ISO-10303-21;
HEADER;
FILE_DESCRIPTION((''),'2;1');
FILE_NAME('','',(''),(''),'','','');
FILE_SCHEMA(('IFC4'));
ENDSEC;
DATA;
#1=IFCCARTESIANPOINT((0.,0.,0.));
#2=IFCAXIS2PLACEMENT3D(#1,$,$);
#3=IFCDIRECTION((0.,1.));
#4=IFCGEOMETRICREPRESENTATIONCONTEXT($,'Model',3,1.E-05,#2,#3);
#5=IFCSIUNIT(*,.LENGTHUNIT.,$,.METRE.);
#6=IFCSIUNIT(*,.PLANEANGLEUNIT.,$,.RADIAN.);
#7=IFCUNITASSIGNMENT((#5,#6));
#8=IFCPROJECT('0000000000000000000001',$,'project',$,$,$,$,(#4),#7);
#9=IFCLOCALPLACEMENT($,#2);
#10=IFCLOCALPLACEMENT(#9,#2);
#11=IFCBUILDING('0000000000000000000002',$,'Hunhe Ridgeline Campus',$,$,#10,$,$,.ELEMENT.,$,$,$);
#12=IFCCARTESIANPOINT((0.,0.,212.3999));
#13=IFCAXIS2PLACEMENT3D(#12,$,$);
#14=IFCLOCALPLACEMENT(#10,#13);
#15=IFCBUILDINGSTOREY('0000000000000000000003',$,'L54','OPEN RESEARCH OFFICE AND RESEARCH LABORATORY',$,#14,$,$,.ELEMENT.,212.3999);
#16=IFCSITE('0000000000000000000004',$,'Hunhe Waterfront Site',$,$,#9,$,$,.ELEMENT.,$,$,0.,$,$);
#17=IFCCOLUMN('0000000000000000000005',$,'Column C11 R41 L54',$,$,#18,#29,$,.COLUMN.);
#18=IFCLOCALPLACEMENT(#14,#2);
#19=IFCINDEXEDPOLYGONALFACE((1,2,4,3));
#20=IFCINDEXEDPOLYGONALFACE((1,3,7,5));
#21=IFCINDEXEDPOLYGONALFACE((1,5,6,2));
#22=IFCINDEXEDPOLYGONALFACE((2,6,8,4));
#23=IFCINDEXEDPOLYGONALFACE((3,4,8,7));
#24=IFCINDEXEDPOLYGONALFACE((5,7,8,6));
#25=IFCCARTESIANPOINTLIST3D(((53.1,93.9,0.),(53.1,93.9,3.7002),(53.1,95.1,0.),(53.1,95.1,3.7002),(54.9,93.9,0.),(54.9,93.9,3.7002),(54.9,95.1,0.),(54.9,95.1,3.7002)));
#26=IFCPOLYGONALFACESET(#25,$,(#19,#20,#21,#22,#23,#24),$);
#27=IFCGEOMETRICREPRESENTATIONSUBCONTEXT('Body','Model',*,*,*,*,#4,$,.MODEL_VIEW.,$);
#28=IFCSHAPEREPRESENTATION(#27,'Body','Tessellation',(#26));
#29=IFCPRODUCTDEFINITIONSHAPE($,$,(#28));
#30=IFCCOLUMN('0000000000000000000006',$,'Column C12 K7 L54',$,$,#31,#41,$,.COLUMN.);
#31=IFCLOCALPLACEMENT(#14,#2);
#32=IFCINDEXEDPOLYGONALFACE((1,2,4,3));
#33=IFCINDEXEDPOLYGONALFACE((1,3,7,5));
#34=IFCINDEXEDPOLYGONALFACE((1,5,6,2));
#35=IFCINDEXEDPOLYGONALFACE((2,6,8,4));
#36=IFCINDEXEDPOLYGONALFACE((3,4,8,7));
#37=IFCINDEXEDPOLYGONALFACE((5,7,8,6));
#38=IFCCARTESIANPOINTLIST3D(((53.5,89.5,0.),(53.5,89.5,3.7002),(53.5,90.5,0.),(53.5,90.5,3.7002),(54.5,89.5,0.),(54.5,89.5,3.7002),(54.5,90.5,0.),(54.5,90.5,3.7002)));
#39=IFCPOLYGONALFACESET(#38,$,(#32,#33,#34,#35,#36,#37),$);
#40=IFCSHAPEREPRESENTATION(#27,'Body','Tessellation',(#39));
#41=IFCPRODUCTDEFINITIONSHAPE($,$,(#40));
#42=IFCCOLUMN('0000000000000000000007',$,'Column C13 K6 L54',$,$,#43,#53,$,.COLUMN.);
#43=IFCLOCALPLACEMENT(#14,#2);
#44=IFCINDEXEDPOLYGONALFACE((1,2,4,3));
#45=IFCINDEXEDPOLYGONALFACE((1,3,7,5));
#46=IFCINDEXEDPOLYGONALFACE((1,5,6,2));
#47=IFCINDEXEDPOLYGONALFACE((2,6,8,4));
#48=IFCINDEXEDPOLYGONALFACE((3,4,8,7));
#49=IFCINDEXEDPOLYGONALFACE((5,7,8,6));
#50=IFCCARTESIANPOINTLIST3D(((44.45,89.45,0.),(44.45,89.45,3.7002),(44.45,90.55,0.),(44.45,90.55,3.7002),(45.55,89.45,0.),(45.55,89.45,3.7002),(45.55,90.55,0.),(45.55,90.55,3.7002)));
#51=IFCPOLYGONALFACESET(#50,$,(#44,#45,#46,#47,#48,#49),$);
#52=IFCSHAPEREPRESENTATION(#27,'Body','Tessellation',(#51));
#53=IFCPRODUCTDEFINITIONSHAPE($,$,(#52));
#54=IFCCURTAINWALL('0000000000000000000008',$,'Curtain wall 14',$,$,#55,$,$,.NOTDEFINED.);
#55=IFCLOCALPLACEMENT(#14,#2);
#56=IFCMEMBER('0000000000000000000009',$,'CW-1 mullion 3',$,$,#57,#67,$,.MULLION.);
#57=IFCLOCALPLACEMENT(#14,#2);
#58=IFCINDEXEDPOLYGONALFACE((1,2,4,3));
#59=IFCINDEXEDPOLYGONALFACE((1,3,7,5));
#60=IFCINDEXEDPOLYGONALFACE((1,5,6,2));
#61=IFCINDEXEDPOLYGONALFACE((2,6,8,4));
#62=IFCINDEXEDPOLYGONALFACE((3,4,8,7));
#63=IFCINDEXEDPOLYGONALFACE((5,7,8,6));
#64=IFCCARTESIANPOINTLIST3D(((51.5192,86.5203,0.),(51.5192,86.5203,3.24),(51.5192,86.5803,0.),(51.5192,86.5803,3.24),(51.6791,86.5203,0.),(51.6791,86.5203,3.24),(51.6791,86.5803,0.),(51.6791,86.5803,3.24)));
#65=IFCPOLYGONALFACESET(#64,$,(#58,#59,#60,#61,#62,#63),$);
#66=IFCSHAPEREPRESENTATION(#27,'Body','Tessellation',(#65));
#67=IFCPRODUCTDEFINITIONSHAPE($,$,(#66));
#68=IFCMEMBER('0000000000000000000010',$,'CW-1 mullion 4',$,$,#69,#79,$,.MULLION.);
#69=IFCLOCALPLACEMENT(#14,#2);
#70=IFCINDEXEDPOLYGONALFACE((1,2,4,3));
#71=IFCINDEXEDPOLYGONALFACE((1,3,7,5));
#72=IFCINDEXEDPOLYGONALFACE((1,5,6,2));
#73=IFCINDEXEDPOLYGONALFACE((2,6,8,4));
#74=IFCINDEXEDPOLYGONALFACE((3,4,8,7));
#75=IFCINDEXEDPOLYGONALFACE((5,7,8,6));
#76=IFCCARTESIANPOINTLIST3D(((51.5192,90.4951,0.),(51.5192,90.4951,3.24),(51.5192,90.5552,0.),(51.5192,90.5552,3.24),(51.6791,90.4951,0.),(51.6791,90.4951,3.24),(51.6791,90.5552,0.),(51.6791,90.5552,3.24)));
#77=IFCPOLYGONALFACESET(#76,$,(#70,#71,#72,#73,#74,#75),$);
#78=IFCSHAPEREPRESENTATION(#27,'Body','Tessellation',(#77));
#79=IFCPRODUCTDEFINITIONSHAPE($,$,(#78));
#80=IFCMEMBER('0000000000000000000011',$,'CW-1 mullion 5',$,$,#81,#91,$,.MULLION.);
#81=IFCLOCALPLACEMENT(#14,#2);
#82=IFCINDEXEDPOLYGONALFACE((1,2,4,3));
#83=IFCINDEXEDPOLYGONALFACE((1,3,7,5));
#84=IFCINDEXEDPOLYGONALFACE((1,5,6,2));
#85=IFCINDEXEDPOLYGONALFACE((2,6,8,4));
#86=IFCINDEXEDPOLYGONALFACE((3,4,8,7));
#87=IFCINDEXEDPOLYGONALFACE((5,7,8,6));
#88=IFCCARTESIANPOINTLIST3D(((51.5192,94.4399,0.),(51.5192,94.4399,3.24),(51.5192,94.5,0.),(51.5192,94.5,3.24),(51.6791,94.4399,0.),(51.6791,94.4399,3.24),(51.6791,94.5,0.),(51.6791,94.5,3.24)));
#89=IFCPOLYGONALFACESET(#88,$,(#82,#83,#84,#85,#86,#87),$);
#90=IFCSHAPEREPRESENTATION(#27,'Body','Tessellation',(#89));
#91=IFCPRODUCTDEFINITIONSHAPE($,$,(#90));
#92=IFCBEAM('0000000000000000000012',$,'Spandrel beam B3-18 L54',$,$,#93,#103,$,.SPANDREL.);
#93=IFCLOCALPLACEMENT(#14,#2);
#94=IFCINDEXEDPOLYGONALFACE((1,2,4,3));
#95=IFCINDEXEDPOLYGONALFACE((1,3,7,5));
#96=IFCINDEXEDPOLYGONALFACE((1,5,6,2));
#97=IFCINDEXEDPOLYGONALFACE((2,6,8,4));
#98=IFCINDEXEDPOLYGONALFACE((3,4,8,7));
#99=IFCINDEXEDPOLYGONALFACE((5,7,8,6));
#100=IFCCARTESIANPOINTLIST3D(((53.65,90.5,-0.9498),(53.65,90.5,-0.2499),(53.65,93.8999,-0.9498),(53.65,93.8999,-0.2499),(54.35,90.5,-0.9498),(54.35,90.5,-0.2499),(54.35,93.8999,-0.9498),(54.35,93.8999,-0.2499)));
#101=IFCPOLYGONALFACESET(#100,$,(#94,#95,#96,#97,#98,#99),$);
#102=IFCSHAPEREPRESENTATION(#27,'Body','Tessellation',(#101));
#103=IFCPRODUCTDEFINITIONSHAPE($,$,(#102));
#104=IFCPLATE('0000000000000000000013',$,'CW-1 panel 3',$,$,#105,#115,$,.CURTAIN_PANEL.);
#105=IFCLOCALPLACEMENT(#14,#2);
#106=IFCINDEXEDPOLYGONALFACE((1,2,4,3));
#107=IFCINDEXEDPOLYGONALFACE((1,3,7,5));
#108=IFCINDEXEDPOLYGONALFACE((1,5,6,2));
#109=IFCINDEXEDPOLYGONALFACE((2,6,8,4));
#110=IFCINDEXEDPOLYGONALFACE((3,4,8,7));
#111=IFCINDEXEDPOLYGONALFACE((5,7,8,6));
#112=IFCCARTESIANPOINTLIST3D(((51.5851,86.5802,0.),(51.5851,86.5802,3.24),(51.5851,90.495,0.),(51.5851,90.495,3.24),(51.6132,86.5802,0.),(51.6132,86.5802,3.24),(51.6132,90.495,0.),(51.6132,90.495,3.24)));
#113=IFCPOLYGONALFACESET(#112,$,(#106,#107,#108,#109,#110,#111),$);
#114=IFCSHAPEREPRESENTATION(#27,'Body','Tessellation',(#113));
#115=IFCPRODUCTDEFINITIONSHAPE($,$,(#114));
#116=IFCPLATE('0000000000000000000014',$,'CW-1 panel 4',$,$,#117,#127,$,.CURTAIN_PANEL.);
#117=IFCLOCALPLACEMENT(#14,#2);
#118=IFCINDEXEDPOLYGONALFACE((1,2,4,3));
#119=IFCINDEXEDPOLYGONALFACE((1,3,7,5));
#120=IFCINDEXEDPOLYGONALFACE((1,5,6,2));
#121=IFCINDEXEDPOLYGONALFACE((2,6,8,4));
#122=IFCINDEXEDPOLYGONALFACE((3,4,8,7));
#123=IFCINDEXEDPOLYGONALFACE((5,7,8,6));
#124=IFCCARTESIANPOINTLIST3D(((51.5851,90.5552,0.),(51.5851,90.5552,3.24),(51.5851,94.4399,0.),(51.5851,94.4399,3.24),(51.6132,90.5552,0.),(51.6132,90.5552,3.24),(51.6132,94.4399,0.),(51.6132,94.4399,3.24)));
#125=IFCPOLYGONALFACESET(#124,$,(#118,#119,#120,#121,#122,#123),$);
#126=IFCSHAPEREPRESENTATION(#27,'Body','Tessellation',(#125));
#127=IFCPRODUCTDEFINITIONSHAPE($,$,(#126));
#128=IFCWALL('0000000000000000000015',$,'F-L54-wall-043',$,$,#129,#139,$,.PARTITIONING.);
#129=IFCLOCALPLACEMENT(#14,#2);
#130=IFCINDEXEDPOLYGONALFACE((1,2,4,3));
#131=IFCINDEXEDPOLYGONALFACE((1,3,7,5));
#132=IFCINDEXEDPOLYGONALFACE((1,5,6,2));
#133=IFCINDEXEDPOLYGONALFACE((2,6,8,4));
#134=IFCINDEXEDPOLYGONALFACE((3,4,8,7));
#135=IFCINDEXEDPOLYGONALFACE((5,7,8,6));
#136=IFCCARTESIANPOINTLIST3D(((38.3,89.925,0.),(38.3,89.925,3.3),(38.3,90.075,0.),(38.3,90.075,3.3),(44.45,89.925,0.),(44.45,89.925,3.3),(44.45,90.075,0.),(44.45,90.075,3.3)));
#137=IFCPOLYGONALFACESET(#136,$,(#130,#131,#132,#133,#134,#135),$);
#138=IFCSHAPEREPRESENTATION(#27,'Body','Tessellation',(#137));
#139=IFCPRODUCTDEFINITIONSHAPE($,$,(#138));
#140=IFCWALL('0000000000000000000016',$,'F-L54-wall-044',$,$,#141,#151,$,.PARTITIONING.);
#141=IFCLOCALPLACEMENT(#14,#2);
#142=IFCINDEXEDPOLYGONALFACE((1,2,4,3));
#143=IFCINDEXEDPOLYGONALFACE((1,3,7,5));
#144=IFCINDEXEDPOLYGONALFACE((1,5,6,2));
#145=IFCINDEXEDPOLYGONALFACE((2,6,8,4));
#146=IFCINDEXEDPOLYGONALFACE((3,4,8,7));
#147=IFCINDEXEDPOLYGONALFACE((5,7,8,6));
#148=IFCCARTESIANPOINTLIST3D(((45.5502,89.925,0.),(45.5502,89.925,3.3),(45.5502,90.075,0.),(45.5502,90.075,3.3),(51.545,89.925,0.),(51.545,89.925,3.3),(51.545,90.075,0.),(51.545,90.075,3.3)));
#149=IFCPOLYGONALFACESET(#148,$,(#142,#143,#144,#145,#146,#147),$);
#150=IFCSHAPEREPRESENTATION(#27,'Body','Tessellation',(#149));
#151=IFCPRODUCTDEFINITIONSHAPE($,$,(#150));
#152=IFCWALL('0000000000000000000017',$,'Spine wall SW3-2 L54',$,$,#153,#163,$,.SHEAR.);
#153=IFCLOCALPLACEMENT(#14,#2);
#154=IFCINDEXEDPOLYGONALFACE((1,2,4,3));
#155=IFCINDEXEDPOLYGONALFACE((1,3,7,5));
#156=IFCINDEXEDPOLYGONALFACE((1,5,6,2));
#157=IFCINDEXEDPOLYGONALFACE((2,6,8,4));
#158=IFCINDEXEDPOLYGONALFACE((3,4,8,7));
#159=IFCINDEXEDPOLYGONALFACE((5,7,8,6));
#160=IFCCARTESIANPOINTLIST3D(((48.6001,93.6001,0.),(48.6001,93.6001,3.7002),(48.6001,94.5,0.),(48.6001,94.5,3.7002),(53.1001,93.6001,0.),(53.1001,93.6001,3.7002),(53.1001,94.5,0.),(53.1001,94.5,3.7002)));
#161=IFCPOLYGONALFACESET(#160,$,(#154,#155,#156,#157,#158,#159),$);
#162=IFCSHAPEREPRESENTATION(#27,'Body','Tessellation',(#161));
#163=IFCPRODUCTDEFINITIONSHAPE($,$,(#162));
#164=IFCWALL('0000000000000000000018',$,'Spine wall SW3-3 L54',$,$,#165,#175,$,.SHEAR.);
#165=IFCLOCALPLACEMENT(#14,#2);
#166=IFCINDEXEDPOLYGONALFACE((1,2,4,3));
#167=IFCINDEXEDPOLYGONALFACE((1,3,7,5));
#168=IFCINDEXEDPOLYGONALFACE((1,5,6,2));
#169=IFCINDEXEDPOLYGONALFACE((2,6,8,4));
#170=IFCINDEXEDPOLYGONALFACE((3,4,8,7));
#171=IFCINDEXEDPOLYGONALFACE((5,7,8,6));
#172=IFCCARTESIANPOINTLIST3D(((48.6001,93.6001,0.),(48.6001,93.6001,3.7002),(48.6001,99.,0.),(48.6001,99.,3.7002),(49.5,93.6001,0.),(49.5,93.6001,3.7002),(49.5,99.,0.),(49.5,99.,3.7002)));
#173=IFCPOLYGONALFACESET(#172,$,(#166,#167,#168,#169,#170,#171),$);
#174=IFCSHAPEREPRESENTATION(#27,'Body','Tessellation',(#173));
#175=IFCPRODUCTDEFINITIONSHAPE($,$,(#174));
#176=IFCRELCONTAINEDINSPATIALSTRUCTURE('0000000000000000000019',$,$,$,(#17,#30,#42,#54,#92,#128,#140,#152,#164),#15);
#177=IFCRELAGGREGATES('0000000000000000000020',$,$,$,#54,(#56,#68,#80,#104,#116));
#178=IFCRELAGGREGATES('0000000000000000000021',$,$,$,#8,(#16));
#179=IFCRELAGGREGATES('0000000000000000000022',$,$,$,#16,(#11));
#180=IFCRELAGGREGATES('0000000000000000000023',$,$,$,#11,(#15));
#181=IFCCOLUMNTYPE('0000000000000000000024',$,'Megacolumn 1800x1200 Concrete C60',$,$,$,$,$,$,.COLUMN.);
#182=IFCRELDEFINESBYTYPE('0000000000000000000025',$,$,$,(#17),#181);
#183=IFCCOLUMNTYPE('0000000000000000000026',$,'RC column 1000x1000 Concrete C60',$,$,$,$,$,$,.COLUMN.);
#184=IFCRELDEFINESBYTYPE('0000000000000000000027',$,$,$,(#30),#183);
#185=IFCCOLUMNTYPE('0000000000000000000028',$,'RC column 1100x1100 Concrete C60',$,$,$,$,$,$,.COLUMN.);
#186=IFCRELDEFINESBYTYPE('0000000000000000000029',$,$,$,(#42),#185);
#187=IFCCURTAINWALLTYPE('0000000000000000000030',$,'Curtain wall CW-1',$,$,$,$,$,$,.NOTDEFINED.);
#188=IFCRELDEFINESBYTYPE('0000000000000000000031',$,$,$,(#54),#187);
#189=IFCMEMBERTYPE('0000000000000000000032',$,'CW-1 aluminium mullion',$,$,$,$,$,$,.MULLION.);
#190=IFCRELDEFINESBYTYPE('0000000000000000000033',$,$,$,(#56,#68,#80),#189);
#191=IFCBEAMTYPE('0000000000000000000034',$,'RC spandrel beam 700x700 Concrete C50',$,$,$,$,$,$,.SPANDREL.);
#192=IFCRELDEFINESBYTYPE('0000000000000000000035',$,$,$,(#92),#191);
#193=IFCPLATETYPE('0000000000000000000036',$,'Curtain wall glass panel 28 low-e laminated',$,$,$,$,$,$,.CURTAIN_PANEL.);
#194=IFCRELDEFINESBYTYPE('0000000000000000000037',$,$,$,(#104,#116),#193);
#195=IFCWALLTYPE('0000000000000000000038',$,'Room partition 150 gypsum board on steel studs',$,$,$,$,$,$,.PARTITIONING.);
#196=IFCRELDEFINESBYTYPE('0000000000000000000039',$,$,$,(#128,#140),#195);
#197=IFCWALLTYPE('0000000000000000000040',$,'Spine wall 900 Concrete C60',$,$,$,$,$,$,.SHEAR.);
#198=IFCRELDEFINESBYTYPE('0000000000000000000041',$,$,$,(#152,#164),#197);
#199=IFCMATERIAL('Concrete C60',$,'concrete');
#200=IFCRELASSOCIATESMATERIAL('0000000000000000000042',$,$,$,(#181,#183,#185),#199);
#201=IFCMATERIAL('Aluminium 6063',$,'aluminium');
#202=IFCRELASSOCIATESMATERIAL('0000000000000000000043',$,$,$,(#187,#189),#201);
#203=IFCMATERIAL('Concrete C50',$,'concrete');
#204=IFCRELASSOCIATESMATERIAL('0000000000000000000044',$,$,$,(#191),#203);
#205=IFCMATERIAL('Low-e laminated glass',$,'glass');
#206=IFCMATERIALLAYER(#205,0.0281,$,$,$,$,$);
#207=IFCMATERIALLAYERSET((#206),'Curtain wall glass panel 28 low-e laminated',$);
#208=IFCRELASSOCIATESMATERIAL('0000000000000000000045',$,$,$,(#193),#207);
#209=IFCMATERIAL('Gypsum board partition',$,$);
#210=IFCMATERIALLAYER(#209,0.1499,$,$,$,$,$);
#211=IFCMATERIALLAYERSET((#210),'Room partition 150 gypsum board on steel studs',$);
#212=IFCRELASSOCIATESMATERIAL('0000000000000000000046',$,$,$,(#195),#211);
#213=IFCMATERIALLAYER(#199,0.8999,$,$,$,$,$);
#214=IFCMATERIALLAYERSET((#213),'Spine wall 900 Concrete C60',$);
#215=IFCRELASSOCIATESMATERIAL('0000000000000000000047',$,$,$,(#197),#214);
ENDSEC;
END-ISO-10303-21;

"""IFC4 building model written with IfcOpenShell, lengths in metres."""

from ifc_helpers import new_model, si_unit, direction, frame, frame_2d, origin, origin_2d, place, context, subcontext, project, spatial, rectangle, extrude, material, layer, layer_set, material_profile, profile_set, type_object, element, aggregate, save


model = new_model("IFC4")

# Units and contexts
model_context = context("Model", 3, precision=1e-05, world=origin(), true_north=direction((0.0, 1.0)))
body_context = subcontext(model_context, "Body", "Model", "MODEL_VIEW")
ifc_project = project(units=[si_unit("LENGTHUNIT", "METRE"), si_unit("PLANEANGLEUNIT", "RADIAN")], contexts=[model_context])

# Site, building, storey
site_placement = place(None, origin())
site = spatial("IfcSite", under=ifc_project, at=site_placement, Name="Hunhe Waterfront Site", CompositionType="ELEMENT", RefElevation=0.0)
building_placement = place(site_placement, origin())
building = spatial("IfcBuilding", under=site, at=building_placement, Name="Hunhe Ridgeline Campus", CompositionType="ELEMENT")
storey_placement = place(building_placement, frame((0.0, 0.0, 212.3999)))
storey = spatial("IfcBuildingStorey", under=building, at=storey_placement, Name="L54", Description="OPEN RESEARCH OFFICE AND RESEARCH LABORATORY", CompositionType="ELEMENT", Elevation=212.3999)

# Columns
ifc_material_1 = material(Name="Concrete C60", Category="concrete")
ifc_material_profile_1 = material_profile(ifc_material_1, rectangle(XDim=1.8, YDim=1.2, at=origin_2d()))
ifc_profile_set_1 = profile_set([ifc_material_profile_1], Name="Concrete C60")
column_type_1 = type_object("IfcColumnType", Name="Megacolumn 1800x1200 Concrete C60", PredefinedType="COLUMN", material=ifc_profile_set_1)
column_1_placement = place(storey_placement, frame((54.0, 94.5, 0.0), z_axis=(0.0, 0.0, 1.0), x_axis=(1.0, 0.0, 0.0)))
element("IfcColumn", 1, at=column_1_placement, inside=storey, type_object=column_type_1, Name="Column C11 R41 L54", PredefinedType="COLUMN", context=body_context, shape_type="SweptSolid", body=[
    extrude(rectangle(XDim=1.8, YDim=1.2, at=origin_2d()), origin(), (0.0, 0.0, 1.0), 3.7002),
])
ifc_material_profile_2 = material_profile(ifc_material_1, rectangle(XDim=1.0, YDim=1.0, at=origin_2d()))
ifc_profile_set_2 = profile_set([ifc_material_profile_2], Name="Concrete C60")
column_type_2 = type_object("IfcColumnType", Name="RC column 1000x1000 Concrete C60", PredefinedType="COLUMN", material=ifc_profile_set_2)
column_2_placement = place(storey_placement, frame((54.0, 90.0, 0.0), z_axis=(0.0, 0.0, 1.0), x_axis=(1.0, 0.0, 0.0)))
element("IfcColumn", 2, at=column_2_placement, inside=storey, type_object=column_type_2, Name="Column C12 K7 L54", PredefinedType="COLUMN", context=body_context, shape_type="SweptSolid", body=[
    extrude(rectangle(XDim=1.0, YDim=1.0, at=origin_2d()), origin(), (0.0, 0.0, 1.0), 3.7002),
])
ifc_material_profile_3 = material_profile(ifc_material_1, rectangle(XDim=1.1001, YDim=1.1001, at=origin_2d()))
ifc_profile_set_3 = profile_set([ifc_material_profile_3], Name="Concrete C60")
column_type_3 = type_object("IfcColumnType", Name="RC column 1100x1100 Concrete C60", PredefinedType="COLUMN", material=ifc_profile_set_3)
column_3_placement = place(storey_placement, frame((45.0, 90.0, 0.0), z_axis=(0.0, 0.0, 1.0), x_axis=(1.0, 0.0, 0.0)))
element("IfcColumn", 3, at=column_3_placement, inside=storey, type_object=column_type_3, Name="Column C13 K6 L54", PredefinedType="COLUMN", context=body_context, shape_type="SweptSolid", body=[
    extrude(rectangle(XDim=1.1001, YDim=1.1001, at=origin_2d()), origin(), (0.0, 0.0, 1.0), 3.7002),
])

# Curtain wall, members
ifc_material_2 = material(Name="Aluminium 6063", Category="aluminium")
curtain_wall_type = type_object("IfcCurtainWallType", Name="Curtain wall CW-1", PredefinedType="NOTDEFINED", material=ifc_material_2)
curtain_wall_placement = place(storey_placement, origin())
curtain_wall = element("IfcCurtainWall", 4, at=curtain_wall_placement, inside=storey, type_object=curtain_wall_type, Name="Curtain wall 14", PredefinedType="NOTDEFINED")
ifc_material_profile_4 = material_profile(ifc_material_2, rectangle(XDim=0.1599, YDim=0.0601, at=origin_2d()))
ifc_profile_set_4 = profile_set([ifc_material_profile_4], Name="Aluminium 6063")
member_type = type_object("IfcMemberType", Name="CW-1 aluminium mullion", PredefinedType="MULLION", material=ifc_profile_set_4)
member_1_placement = place(storey_placement, frame((51.5991, 86.5503, 0.0), z_axis=(0.0, 0.0, 1.0), x_axis=(-1.0, 0.0, 0.0)))
member_1 = element("IfcMember", 5, at=member_1_placement, type_object=member_type, Name="CW-1 mullion 3", PredefinedType="MULLION", context=body_context, shape_type="SweptSolid", body=[
    extrude(rectangle(XDim=0.1599, YDim=0.0601, at=origin_2d()), origin(), (0.0, 0.0, 1.0), 3.24),
])
member_2_placement = place(storey_placement, frame((51.5991, 90.5251, 0.0), z_axis=(0.0, 0.0, 1.0), x_axis=(-1.0, 0.0, 0.0)))
member_2 = element("IfcMember", 6, at=member_2_placement, type_object=member_type, Name="CW-1 mullion 4", PredefinedType="MULLION", context=body_context, shape_type="SweptSolid", body=[
    extrude(rectangle(XDim=0.1599, YDim=0.0601, at=origin_2d()), origin(), (0.0, 0.0, 1.0), 3.24),
])
member_3_placement = place(storey_placement, frame((51.5991, 94.47, 0.0), z_axis=(0.0, 0.0, 1.0), x_axis=(-1.0, 0.0, 0.0)))
member_3 = element("IfcMember", 7, at=member_3_placement, type_object=member_type, Name="CW-1 mullion 5", PredefinedType="MULLION", context=body_context, shape_type="SweptSolid", body=[
    extrude(rectangle(XDim=0.1599, YDim=0.0601, at=origin_2d()), origin(), (0.0, 0.0, 1.0), 3.24),
])

# Beam
ifc_material_3 = material(Name="Concrete C50", Category="concrete")
ifc_material_profile_5 = material_profile(ifc_material_3, rectangle(XDim=0.7, YDim=0.7, at=origin_2d()))
ifc_profile_set_5 = profile_set([ifc_material_profile_5], Name="Concrete C50")
beam_type = type_object("IfcBeamType", Name="RC spandrel beam 700x700 Concrete C50", PredefinedType="SPANDREL", material=ifc_profile_set_5)
beam_placement = place(storey_placement, frame((54.0, 90.5, -0.5999), z_axis=(0.0, 1.0, 0.0), x_axis=(-1.0, 0.0, 0.0)))
element("IfcBeam", 8, at=beam_placement, inside=storey, type_object=beam_type, Name="Spandrel beam B3-18 L54", PredefinedType="SPANDREL", context=body_context, shape_type="SweptSolid", body=[
    extrude(rectangle(XDim=0.7, YDim=0.7, at=origin_2d()), origin(), (0.0, 0.0, 1.0), 3.3999),
])

# Plates
ifc_material_4 = material(Name="Low-e laminated glass", Category="glass")
ifc_layer_1 = layer(ifc_material_4, 0.0281)
ifc_layer_set_1 = layer_set([ifc_layer_1], Name="Curtain wall glass panel 28 low-e laminated")
plate_type = type_object("IfcPlateType", Name="Curtain wall glass panel 28 low-e laminated", PredefinedType="CURTAIN_PANEL", material=ifc_layer_set_1)
plate_1_placement = place(storey_placement, frame((51.5991, 88.5376, 0.0), z_axis=(0.0, 0.0, 1.0), x_axis=(0.0, 1.0, 0.0)))
plate_1 = element("IfcPlate", 9, at=plate_1_placement, type_object=plate_type, Name="CW-1 panel 3", PredefinedType="CURTAIN_PANEL", context=body_context, shape_type="SweptSolid", body=[
    extrude(rectangle(XDim=3.9148, YDim=0.0281, at=origin_2d()), origin(), (0.0, 0.0, 1.0), 3.24),
])
plate_2_placement = place(storey_placement, frame((51.5991, 92.4976, 0.0), z_axis=(0.0, 0.0, 1.0), x_axis=(0.0, 1.0, 0.0)))
plate_2 = element("IfcPlate", 10, at=plate_2_placement, type_object=plate_type, Name="CW-1 panel 4", PredefinedType="CURTAIN_PANEL", context=body_context, shape_type="SweptSolid", body=[
    extrude(rectangle(XDim=3.8848, YDim=0.0281, at=origin_2d()), origin(), (0.0, 0.0, 1.0), 3.24),
])
aggregate(curtain_wall, [member_1, member_2, member_3, plate_1, plate_2])

# Shared definitions
ifc_material_5 = material(Name="Gypsum board partition")

# Walls
ifc_layer_2 = layer(ifc_material_5, 0.1499)
ifc_layer_set_2 = layer_set([ifc_layer_2], Name="Room partition 150 gypsum board on steel studs")
wall_type_1 = type_object("IfcWallType", Name="Room partition 150 gypsum board on steel studs", PredefinedType="PARTITIONING", material=ifc_layer_set_2)
wall_1_placement = place(storey_placement, frame((38.3, 90.0, 0.0), z_axis=(0.0, 0.0, 1.0), x_axis=(1.0, 0.0, 0.0)))
element("IfcWall", 11, at=wall_1_placement, inside=storey, type_object=wall_type_1, Name="F-L54-wall-043", PredefinedType="PARTITIONING", context=body_context, shape_type="SweptSolid", body=[
    extrude(rectangle(XDim=6.1499, YDim=0.1499, at=frame_2d((3.075, 0.0))), origin(), (0.0, 0.0, 1.0), 3.3),
])
wall_2_placement = place(storey_placement, frame((45.55, 90.0, 0.0), z_axis=(0.0, 0.0, 1.0), x_axis=(1.0, 0.0, 0.0)))
element("IfcWall", 12, at=wall_2_placement, inside=storey, type_object=wall_type_1, Name="F-L54-wall-044", PredefinedType="PARTITIONING", context=body_context, shape_type="SweptSolid", body=[
    extrude(rectangle(XDim=5.9949, YDim=0.1499, at=frame_2d((2.9976, 0.0))), origin(), (0.0, 0.0, 1.0), 3.3),
])
ifc_layer_3 = layer(ifc_material_1, 0.8999)
ifc_layer_set_3 = layer_set([ifc_layer_3], Name="Spine wall 900 Concrete C60")
wall_type_2 = type_object("IfcWallType", Name="Spine wall 900 Concrete C60", PredefinedType="SHEAR", material=ifc_layer_set_3)
wall_3_placement = place(storey_placement, frame((53.1001, 94.05, 0.0), z_axis=(0.0, 0.0, 1.0), x_axis=(-1.0, 0.0, 0.0)))
element("IfcWall", 13, at=wall_3_placement, inside=storey, type_object=wall_type_2, Name="Spine wall SW3-2 L54", PredefinedType="SHEAR", context=body_context, shape_type="SweptSolid", body=[
    extrude(rectangle(XDim=4.5, YDim=0.8999, at=frame_2d((2.25, 0.0))), origin(), (0.0, 0.0, 1.0), 3.7002),
])
wall_4_placement = place(storey_placement, frame((49.05, 93.6001, 0.0), z_axis=(0.0, 0.0, 1.0), x_axis=(0.0, 1.0, 0.0)))
element("IfcWall", 14, at=wall_4_placement, inside=storey, type_object=wall_type_2, Name="Spine wall SW3-3 L54", PredefinedType="SHEAR", context=body_context, shape_type="SweptSolid", body=[
    extrude(rectangle(XDim=5.3999, YDim=0.8999, at=frame_2d((2.7, 0.0))), origin(), (0.0, 0.0, 1.0), 3.7002),
])

save(model, "model.ifc")
